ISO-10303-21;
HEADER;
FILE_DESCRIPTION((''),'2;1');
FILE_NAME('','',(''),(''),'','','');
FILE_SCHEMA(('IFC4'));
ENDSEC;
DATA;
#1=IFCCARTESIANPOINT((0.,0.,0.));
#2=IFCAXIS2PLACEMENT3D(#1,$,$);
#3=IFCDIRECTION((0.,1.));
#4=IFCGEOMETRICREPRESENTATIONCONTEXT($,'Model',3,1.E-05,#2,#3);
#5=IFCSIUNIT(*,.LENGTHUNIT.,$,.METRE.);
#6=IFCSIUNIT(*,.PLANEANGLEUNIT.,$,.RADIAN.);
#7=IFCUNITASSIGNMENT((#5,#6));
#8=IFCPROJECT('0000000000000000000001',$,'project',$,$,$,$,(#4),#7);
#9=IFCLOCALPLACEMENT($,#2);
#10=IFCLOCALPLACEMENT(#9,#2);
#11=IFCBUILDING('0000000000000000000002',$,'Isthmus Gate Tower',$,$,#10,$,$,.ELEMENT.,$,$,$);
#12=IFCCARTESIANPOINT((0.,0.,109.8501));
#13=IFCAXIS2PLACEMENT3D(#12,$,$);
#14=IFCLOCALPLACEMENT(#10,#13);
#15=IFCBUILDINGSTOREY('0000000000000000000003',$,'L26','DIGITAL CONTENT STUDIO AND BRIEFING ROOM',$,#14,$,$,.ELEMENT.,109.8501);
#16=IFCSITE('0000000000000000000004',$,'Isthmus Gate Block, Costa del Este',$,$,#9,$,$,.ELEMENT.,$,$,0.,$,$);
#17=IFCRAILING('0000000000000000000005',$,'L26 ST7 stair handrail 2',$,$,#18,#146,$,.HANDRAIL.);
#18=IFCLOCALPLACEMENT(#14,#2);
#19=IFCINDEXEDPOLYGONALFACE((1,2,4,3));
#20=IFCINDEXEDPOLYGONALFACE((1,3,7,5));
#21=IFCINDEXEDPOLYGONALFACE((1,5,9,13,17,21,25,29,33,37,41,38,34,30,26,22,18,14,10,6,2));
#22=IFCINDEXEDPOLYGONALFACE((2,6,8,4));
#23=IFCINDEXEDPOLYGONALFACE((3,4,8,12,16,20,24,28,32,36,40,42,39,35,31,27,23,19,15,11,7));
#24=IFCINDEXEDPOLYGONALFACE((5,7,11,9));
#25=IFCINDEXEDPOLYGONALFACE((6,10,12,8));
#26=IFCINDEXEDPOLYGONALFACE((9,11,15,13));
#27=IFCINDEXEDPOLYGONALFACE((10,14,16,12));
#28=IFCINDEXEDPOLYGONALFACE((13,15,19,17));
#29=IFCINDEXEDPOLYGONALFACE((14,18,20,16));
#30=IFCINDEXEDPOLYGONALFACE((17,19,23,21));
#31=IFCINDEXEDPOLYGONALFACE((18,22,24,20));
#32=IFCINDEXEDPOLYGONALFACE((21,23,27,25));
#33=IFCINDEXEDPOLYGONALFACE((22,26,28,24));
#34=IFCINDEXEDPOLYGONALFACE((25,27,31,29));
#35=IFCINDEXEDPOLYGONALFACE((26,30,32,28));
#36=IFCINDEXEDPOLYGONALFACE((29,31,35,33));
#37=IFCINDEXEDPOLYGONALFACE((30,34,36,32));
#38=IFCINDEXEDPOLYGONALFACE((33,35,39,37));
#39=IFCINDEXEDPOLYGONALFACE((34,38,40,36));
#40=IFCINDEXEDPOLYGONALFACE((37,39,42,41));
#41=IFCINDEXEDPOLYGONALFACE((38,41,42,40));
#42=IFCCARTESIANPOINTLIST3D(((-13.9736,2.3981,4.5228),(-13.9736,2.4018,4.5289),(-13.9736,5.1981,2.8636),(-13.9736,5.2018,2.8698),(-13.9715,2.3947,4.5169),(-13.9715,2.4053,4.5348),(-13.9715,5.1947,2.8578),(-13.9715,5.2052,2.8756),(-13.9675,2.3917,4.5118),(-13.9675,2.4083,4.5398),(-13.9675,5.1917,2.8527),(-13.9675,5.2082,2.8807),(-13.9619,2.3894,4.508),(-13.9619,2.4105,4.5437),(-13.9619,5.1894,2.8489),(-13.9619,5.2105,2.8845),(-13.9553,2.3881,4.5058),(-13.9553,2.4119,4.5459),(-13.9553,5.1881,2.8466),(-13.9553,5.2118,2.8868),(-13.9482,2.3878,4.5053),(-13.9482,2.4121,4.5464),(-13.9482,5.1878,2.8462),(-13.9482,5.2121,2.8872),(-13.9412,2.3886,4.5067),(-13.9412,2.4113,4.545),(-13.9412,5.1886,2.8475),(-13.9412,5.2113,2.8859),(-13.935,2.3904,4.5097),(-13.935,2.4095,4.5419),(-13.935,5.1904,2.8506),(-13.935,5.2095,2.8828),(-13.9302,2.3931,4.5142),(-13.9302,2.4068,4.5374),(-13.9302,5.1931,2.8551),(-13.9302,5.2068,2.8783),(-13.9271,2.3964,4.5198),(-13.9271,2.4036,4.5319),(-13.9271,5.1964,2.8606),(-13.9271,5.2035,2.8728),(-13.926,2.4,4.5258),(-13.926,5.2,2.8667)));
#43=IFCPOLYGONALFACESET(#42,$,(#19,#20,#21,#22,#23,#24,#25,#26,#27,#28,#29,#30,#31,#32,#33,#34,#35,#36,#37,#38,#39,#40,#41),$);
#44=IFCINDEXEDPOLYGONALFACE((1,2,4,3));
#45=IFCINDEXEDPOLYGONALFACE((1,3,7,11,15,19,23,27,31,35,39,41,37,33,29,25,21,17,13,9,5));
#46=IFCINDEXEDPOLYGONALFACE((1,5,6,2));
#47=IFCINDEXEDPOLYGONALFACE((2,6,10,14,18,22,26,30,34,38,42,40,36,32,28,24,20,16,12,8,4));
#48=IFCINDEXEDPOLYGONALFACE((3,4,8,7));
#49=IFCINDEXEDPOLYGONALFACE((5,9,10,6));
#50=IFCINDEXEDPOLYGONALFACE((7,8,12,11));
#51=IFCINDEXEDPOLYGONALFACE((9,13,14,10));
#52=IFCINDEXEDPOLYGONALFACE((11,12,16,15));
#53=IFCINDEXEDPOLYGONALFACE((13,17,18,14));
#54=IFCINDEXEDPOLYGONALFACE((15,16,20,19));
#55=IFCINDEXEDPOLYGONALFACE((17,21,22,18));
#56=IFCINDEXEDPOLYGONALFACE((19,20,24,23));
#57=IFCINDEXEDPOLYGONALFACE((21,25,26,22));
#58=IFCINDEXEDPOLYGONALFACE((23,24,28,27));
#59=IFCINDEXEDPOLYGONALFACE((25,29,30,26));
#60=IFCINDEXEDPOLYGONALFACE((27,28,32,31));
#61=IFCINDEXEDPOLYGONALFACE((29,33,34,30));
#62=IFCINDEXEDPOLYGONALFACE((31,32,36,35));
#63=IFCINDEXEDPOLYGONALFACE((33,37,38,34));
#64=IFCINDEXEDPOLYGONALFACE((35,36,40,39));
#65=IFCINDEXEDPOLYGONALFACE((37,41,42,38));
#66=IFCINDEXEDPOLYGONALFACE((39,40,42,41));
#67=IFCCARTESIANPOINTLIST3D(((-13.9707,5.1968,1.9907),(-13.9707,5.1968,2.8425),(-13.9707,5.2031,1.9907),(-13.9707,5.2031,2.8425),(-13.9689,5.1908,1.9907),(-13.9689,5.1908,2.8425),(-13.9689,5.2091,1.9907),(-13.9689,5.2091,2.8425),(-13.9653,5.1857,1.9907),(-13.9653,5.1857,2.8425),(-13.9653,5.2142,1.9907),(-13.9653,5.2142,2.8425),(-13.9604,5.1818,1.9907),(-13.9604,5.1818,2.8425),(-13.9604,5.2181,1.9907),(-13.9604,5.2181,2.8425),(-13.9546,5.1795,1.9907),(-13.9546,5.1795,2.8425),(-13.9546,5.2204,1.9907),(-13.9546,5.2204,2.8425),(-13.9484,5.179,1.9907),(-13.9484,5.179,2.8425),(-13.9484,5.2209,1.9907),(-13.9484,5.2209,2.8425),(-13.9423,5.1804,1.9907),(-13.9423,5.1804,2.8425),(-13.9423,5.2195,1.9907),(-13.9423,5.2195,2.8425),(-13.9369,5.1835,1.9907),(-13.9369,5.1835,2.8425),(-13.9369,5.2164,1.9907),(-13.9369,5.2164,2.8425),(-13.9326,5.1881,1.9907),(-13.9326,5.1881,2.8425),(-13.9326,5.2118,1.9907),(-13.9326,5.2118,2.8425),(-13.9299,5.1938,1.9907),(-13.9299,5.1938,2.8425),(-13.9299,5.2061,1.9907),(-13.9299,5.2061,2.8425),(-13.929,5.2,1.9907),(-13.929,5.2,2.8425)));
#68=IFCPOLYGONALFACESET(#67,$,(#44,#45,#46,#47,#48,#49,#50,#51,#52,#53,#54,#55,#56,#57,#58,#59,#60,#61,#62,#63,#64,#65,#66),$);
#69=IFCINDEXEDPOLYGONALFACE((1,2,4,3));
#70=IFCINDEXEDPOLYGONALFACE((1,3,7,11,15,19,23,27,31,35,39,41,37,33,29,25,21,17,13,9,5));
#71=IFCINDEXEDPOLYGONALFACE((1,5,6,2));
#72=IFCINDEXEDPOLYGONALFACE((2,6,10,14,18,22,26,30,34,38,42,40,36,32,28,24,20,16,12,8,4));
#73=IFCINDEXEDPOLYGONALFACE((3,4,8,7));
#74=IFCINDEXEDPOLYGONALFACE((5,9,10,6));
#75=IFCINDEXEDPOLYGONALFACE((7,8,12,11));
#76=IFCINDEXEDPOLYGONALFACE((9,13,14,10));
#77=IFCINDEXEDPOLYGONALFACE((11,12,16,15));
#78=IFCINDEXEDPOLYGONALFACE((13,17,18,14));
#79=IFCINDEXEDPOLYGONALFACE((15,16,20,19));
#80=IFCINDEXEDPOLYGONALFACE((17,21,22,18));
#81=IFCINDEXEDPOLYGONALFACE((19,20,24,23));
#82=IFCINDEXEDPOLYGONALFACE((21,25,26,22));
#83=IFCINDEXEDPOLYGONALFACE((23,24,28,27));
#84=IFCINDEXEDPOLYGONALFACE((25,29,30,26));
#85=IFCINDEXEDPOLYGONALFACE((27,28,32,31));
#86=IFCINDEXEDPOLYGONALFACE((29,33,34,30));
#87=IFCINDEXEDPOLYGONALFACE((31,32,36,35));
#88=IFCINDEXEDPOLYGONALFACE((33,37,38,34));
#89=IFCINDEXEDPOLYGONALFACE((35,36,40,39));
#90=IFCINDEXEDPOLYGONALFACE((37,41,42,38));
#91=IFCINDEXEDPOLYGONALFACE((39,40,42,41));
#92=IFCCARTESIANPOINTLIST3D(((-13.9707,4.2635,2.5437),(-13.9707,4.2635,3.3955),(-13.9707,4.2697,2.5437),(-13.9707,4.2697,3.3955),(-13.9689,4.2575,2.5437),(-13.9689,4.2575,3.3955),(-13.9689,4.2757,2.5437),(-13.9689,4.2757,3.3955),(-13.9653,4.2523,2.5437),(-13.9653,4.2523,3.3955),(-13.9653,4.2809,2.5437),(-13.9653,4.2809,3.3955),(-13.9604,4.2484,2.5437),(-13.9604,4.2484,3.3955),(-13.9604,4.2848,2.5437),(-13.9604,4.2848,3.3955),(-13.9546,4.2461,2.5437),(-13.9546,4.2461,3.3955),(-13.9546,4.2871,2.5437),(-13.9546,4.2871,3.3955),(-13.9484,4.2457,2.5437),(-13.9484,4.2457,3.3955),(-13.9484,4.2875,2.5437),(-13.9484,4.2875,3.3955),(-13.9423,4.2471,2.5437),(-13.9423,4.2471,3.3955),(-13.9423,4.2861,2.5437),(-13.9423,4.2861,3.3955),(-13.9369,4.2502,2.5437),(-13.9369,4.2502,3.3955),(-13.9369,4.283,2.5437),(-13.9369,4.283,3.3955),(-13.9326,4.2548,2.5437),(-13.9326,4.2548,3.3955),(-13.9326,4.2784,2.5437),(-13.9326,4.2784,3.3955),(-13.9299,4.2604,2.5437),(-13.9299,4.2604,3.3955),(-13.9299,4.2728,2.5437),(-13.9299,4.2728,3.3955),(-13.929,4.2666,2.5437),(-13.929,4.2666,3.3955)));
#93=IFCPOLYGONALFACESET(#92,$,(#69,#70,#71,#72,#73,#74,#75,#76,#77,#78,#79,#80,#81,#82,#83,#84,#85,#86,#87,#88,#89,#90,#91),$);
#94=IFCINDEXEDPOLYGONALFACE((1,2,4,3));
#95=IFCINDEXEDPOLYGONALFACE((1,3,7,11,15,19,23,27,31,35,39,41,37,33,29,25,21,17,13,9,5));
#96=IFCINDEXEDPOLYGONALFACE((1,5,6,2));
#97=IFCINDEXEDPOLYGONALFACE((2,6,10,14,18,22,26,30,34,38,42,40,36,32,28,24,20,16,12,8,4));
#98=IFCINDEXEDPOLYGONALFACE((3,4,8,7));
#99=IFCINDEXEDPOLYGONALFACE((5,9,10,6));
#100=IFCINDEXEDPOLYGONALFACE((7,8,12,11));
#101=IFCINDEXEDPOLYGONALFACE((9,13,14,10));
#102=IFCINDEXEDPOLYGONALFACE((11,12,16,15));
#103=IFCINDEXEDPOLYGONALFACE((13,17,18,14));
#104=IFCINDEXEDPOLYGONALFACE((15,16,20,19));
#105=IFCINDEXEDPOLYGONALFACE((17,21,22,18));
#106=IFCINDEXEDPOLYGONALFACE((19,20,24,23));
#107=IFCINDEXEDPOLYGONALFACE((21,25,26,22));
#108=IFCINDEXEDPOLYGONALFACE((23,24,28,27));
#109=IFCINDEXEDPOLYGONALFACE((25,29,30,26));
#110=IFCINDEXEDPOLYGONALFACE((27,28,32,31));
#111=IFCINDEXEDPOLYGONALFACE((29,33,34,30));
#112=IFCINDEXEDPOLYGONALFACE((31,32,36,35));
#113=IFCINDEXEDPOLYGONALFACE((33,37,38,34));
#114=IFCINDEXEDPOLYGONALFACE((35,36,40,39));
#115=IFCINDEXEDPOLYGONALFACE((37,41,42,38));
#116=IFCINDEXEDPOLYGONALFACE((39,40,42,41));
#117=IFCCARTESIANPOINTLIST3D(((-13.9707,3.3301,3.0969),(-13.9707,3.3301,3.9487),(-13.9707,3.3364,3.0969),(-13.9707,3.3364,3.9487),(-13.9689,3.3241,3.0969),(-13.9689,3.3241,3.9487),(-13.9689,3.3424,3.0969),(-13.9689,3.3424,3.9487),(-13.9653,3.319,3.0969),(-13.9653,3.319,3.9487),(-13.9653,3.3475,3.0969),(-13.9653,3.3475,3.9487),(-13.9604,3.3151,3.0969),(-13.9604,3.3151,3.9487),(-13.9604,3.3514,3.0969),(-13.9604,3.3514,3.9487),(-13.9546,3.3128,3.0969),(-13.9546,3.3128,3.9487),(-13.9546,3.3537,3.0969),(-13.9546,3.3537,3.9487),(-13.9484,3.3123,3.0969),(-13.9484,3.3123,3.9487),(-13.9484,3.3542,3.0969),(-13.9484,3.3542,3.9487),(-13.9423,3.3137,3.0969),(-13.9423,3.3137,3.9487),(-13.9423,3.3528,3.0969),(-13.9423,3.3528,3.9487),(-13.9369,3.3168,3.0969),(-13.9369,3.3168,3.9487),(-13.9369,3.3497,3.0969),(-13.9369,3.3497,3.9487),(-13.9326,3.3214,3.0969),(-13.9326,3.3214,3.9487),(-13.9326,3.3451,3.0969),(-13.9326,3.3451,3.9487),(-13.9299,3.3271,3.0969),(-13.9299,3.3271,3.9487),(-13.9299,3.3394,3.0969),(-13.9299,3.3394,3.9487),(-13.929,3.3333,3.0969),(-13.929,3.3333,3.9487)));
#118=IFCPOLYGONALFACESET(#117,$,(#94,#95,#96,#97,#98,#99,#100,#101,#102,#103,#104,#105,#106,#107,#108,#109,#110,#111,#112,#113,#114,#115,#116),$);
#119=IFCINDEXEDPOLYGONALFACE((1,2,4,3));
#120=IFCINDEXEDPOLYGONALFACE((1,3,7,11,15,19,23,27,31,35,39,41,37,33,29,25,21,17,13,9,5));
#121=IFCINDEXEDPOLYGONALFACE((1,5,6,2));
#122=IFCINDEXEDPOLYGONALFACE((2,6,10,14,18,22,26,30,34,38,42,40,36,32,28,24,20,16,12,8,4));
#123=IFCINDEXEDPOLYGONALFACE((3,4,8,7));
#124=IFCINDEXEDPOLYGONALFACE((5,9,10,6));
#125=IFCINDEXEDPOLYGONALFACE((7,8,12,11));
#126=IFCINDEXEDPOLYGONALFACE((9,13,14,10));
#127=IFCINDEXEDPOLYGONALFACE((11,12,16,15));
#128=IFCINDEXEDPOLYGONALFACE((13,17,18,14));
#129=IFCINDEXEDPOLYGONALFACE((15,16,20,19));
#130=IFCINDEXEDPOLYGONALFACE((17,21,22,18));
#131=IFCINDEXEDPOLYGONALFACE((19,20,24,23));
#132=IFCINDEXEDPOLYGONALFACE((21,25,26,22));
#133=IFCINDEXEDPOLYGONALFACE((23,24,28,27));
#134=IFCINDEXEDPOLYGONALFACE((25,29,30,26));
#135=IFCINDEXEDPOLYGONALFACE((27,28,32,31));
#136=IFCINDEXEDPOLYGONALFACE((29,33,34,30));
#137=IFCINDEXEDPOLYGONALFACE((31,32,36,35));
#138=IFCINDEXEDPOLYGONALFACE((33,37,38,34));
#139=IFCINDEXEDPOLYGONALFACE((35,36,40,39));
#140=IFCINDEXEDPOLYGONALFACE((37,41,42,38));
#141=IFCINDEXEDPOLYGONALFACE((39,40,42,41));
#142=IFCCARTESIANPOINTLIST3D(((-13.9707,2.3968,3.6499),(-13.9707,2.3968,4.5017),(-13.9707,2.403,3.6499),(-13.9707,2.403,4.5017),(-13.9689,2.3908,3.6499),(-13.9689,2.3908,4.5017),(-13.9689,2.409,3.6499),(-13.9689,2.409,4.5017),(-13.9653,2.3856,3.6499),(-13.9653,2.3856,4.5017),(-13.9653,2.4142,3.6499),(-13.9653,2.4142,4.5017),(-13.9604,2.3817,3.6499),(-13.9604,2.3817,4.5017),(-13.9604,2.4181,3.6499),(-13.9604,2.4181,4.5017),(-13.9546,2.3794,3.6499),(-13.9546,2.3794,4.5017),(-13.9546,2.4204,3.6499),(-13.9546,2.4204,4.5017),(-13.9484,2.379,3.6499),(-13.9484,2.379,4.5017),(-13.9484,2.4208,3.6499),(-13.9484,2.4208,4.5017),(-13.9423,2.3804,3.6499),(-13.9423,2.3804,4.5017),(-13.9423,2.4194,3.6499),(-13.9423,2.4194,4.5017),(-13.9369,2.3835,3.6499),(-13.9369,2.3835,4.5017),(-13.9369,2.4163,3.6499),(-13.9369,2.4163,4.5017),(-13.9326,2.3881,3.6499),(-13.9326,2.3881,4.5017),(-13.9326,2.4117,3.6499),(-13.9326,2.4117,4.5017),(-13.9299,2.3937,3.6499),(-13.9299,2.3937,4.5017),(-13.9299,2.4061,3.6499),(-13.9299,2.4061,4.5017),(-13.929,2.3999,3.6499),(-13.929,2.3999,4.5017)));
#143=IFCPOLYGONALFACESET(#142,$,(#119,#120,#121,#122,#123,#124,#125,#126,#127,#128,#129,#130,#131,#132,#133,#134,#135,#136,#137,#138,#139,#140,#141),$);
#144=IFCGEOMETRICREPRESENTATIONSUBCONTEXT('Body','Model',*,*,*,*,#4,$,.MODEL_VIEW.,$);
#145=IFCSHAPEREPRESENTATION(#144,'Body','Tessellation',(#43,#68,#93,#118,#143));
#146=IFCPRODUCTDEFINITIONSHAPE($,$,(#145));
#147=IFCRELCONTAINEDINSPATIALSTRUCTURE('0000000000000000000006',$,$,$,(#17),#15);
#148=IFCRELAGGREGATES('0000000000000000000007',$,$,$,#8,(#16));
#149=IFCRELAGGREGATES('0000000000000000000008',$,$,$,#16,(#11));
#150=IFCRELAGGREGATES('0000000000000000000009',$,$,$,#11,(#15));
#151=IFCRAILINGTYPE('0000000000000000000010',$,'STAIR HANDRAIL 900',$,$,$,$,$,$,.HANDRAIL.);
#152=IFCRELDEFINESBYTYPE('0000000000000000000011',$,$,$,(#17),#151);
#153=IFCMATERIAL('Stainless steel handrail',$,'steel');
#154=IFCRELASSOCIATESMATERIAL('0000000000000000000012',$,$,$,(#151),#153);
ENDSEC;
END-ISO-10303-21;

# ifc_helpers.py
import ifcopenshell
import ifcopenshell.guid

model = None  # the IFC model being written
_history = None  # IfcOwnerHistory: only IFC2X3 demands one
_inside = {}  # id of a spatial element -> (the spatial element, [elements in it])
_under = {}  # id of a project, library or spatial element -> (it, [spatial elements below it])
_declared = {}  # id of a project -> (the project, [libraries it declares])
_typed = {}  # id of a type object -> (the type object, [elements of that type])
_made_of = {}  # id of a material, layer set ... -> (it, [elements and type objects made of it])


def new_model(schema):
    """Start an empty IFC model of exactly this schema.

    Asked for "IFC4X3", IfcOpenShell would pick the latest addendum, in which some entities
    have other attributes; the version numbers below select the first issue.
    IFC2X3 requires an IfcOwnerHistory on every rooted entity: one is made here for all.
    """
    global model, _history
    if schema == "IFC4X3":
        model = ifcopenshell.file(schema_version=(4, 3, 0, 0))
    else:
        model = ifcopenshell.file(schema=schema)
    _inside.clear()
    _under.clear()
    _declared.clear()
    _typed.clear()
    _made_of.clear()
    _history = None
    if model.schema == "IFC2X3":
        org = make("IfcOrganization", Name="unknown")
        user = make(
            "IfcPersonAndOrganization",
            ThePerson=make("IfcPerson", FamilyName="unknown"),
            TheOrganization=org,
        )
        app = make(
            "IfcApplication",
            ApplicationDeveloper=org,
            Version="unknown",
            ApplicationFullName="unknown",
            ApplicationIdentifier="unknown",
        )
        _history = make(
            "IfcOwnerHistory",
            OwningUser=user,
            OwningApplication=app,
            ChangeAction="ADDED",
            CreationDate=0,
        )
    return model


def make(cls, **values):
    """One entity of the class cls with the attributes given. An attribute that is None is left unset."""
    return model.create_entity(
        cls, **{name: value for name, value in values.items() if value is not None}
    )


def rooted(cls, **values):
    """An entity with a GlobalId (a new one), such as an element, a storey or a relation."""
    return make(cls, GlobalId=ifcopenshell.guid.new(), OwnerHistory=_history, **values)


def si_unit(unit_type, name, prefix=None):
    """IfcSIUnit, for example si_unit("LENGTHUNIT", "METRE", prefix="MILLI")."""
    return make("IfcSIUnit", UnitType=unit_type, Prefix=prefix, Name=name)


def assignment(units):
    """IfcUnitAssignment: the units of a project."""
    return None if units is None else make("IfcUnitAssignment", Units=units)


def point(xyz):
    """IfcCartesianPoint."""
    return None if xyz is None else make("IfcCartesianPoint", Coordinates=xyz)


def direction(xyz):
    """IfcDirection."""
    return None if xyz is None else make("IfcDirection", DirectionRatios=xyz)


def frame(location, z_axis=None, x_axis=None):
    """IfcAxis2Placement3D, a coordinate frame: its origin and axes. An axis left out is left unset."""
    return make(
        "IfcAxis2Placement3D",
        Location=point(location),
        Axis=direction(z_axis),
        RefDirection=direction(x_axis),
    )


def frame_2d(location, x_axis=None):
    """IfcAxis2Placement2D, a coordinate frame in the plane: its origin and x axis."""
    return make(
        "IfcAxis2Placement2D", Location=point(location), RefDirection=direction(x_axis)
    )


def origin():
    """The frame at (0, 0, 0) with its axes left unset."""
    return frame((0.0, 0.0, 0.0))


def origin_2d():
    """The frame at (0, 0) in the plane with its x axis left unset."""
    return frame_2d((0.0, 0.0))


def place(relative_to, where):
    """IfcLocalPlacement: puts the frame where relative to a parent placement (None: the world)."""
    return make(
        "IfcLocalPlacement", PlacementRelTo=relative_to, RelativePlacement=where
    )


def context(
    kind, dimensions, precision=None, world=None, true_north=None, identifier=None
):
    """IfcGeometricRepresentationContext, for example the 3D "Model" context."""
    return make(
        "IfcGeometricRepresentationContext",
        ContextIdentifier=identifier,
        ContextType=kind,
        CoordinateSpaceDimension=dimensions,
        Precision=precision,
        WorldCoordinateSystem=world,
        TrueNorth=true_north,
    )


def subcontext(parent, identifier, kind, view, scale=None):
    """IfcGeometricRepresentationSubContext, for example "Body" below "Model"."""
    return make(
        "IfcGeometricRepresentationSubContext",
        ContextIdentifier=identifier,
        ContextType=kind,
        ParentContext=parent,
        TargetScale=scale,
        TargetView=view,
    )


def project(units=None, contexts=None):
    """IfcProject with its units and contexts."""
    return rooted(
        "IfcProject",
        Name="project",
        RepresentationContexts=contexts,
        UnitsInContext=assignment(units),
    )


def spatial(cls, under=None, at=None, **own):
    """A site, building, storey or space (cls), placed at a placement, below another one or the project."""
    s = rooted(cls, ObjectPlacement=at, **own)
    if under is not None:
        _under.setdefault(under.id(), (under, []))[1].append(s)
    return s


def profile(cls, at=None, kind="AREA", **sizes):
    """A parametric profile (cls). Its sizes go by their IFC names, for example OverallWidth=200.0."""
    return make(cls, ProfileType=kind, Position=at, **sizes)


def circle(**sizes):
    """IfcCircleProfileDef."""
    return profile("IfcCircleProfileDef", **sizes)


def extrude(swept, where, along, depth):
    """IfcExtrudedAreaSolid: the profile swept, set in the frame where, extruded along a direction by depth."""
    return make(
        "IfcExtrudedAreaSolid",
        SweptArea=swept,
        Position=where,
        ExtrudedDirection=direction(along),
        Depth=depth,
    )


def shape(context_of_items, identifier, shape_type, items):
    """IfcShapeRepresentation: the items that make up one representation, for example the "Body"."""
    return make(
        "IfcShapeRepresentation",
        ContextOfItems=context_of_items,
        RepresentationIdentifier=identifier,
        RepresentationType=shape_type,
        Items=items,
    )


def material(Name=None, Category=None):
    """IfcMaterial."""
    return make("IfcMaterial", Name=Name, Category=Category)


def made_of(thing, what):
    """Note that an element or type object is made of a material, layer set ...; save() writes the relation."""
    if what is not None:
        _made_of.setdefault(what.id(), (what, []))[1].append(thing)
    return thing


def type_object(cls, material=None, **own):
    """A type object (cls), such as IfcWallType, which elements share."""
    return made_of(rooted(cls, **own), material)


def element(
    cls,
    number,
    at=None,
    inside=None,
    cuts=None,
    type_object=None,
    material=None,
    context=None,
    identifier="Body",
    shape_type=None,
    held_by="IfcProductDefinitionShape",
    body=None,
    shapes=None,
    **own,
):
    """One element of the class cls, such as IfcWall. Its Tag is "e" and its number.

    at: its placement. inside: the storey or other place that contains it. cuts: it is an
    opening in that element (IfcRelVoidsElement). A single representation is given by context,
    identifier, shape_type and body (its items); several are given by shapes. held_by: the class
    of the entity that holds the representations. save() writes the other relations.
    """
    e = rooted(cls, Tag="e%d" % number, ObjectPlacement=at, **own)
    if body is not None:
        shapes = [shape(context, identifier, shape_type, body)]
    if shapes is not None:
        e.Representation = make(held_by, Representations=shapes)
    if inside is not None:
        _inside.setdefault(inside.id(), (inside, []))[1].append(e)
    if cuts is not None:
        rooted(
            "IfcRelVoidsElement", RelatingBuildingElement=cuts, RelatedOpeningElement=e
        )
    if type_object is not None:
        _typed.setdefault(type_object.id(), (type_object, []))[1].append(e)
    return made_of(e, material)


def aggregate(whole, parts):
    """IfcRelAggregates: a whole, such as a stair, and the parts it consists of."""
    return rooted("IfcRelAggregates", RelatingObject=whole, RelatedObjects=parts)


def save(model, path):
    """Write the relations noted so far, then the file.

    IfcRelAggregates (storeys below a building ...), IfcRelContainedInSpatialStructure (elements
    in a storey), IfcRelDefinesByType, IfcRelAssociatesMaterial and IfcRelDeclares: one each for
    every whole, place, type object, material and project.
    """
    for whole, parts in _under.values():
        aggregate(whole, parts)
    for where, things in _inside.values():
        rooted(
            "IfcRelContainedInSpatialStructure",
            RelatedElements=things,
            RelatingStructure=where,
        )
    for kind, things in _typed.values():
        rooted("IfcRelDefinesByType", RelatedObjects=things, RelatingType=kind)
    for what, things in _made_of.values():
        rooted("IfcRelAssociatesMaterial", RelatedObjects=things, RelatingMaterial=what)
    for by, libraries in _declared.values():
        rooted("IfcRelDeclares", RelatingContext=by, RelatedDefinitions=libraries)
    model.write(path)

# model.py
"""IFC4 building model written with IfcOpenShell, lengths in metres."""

from ifc_helpers import new_model, si_unit, direction, frame, origin, origin_2d, place, context, subcontext, project, spatial, circle, extrude, material, type_object, element, save


model = new_model("IFC4")

# Units and contexts
model_context = context("Model", 3, precision=1e-05, world=origin(), true_north=direction((0.0, 1.0)))
body_context = subcontext(model_context, "Body", "Model", "MODEL_VIEW")
ifc_project = project(units=[si_unit("LENGTHUNIT", "METRE"), si_unit("PLANEANGLEUNIT", "RADIAN")], contexts=[model_context])

# Site, building, storey
site_placement = place(None, origin())
site = spatial("IfcSite", under=ifc_project, at=site_placement, Name="Isthmus Gate Block, Costa del Este", CompositionType="ELEMENT", RefElevation=0.0)
building_placement = place(site_placement, origin())
building = spatial("IfcBuilding", under=site, at=building_placement, Name="Isthmus Gate Tower", CompositionType="ELEMENT")
storey_placement = place(building_placement, frame((0.0, 0.0, 109.8501)))
storey = spatial("IfcBuildingStorey", under=building, at=storey_placement, Name="L26", Description="DIGITAL CONTENT STUDIO AND BRIEFING ROOM", CompositionType="ELEMENT", Elevation=109.8501)

# Railing
ifc_material_1 = material(Name="Stainless steel handrail", Category="steel")
railing_type_1 = type_object("IfcRailingType", Name="STAIR HANDRAIL 900", PredefinedType="HANDRAIL", material=ifc_material_1)
for number, where, name in (
    (1, (-13.95, 5.2, 1.9907), "L26 ST7 stair handrail 2"),
):
    element("IfcRailing", number, at=place(storey_placement, frame(where)), inside=storey, type_object=railing_type_1, Name=name, PredefinedType="HANDRAIL", context=body_context, shape_type="SweptSolid", body=[
        extrude(circle(Radius=0.0239, at=origin_2d()), frame((0.0, 0.0, 0.876), z_axis=(0.0, -0.860306, 0.509778), x_axis=(1.0, 0.0, 0.0)), (0.0, 0.0, 1.0), 3.2546),
        extrude(circle(Radius=0.021, at=origin_2d()), origin(), (0.0, 0.0, 1.0), 0.8518),
        extrude(circle(Radius=0.021, at=origin_2d()), frame((0.0, -0.9333, 0.553)), (0.0, 0.0, 1.0), 0.8518),
        extrude(circle(Radius=0.021, at=origin_2d()), frame((0.0, -1.8667, 1.1062)), (0.0, 0.0, 1.0), 0.8518),
        extrude(circle(Radius=0.021, at=origin_2d()), frame((0.0, -2.8, 1.6592)), (0.0, 0.0, 1.0), 0.8518),
    ])

save(model, "model.ifc")
